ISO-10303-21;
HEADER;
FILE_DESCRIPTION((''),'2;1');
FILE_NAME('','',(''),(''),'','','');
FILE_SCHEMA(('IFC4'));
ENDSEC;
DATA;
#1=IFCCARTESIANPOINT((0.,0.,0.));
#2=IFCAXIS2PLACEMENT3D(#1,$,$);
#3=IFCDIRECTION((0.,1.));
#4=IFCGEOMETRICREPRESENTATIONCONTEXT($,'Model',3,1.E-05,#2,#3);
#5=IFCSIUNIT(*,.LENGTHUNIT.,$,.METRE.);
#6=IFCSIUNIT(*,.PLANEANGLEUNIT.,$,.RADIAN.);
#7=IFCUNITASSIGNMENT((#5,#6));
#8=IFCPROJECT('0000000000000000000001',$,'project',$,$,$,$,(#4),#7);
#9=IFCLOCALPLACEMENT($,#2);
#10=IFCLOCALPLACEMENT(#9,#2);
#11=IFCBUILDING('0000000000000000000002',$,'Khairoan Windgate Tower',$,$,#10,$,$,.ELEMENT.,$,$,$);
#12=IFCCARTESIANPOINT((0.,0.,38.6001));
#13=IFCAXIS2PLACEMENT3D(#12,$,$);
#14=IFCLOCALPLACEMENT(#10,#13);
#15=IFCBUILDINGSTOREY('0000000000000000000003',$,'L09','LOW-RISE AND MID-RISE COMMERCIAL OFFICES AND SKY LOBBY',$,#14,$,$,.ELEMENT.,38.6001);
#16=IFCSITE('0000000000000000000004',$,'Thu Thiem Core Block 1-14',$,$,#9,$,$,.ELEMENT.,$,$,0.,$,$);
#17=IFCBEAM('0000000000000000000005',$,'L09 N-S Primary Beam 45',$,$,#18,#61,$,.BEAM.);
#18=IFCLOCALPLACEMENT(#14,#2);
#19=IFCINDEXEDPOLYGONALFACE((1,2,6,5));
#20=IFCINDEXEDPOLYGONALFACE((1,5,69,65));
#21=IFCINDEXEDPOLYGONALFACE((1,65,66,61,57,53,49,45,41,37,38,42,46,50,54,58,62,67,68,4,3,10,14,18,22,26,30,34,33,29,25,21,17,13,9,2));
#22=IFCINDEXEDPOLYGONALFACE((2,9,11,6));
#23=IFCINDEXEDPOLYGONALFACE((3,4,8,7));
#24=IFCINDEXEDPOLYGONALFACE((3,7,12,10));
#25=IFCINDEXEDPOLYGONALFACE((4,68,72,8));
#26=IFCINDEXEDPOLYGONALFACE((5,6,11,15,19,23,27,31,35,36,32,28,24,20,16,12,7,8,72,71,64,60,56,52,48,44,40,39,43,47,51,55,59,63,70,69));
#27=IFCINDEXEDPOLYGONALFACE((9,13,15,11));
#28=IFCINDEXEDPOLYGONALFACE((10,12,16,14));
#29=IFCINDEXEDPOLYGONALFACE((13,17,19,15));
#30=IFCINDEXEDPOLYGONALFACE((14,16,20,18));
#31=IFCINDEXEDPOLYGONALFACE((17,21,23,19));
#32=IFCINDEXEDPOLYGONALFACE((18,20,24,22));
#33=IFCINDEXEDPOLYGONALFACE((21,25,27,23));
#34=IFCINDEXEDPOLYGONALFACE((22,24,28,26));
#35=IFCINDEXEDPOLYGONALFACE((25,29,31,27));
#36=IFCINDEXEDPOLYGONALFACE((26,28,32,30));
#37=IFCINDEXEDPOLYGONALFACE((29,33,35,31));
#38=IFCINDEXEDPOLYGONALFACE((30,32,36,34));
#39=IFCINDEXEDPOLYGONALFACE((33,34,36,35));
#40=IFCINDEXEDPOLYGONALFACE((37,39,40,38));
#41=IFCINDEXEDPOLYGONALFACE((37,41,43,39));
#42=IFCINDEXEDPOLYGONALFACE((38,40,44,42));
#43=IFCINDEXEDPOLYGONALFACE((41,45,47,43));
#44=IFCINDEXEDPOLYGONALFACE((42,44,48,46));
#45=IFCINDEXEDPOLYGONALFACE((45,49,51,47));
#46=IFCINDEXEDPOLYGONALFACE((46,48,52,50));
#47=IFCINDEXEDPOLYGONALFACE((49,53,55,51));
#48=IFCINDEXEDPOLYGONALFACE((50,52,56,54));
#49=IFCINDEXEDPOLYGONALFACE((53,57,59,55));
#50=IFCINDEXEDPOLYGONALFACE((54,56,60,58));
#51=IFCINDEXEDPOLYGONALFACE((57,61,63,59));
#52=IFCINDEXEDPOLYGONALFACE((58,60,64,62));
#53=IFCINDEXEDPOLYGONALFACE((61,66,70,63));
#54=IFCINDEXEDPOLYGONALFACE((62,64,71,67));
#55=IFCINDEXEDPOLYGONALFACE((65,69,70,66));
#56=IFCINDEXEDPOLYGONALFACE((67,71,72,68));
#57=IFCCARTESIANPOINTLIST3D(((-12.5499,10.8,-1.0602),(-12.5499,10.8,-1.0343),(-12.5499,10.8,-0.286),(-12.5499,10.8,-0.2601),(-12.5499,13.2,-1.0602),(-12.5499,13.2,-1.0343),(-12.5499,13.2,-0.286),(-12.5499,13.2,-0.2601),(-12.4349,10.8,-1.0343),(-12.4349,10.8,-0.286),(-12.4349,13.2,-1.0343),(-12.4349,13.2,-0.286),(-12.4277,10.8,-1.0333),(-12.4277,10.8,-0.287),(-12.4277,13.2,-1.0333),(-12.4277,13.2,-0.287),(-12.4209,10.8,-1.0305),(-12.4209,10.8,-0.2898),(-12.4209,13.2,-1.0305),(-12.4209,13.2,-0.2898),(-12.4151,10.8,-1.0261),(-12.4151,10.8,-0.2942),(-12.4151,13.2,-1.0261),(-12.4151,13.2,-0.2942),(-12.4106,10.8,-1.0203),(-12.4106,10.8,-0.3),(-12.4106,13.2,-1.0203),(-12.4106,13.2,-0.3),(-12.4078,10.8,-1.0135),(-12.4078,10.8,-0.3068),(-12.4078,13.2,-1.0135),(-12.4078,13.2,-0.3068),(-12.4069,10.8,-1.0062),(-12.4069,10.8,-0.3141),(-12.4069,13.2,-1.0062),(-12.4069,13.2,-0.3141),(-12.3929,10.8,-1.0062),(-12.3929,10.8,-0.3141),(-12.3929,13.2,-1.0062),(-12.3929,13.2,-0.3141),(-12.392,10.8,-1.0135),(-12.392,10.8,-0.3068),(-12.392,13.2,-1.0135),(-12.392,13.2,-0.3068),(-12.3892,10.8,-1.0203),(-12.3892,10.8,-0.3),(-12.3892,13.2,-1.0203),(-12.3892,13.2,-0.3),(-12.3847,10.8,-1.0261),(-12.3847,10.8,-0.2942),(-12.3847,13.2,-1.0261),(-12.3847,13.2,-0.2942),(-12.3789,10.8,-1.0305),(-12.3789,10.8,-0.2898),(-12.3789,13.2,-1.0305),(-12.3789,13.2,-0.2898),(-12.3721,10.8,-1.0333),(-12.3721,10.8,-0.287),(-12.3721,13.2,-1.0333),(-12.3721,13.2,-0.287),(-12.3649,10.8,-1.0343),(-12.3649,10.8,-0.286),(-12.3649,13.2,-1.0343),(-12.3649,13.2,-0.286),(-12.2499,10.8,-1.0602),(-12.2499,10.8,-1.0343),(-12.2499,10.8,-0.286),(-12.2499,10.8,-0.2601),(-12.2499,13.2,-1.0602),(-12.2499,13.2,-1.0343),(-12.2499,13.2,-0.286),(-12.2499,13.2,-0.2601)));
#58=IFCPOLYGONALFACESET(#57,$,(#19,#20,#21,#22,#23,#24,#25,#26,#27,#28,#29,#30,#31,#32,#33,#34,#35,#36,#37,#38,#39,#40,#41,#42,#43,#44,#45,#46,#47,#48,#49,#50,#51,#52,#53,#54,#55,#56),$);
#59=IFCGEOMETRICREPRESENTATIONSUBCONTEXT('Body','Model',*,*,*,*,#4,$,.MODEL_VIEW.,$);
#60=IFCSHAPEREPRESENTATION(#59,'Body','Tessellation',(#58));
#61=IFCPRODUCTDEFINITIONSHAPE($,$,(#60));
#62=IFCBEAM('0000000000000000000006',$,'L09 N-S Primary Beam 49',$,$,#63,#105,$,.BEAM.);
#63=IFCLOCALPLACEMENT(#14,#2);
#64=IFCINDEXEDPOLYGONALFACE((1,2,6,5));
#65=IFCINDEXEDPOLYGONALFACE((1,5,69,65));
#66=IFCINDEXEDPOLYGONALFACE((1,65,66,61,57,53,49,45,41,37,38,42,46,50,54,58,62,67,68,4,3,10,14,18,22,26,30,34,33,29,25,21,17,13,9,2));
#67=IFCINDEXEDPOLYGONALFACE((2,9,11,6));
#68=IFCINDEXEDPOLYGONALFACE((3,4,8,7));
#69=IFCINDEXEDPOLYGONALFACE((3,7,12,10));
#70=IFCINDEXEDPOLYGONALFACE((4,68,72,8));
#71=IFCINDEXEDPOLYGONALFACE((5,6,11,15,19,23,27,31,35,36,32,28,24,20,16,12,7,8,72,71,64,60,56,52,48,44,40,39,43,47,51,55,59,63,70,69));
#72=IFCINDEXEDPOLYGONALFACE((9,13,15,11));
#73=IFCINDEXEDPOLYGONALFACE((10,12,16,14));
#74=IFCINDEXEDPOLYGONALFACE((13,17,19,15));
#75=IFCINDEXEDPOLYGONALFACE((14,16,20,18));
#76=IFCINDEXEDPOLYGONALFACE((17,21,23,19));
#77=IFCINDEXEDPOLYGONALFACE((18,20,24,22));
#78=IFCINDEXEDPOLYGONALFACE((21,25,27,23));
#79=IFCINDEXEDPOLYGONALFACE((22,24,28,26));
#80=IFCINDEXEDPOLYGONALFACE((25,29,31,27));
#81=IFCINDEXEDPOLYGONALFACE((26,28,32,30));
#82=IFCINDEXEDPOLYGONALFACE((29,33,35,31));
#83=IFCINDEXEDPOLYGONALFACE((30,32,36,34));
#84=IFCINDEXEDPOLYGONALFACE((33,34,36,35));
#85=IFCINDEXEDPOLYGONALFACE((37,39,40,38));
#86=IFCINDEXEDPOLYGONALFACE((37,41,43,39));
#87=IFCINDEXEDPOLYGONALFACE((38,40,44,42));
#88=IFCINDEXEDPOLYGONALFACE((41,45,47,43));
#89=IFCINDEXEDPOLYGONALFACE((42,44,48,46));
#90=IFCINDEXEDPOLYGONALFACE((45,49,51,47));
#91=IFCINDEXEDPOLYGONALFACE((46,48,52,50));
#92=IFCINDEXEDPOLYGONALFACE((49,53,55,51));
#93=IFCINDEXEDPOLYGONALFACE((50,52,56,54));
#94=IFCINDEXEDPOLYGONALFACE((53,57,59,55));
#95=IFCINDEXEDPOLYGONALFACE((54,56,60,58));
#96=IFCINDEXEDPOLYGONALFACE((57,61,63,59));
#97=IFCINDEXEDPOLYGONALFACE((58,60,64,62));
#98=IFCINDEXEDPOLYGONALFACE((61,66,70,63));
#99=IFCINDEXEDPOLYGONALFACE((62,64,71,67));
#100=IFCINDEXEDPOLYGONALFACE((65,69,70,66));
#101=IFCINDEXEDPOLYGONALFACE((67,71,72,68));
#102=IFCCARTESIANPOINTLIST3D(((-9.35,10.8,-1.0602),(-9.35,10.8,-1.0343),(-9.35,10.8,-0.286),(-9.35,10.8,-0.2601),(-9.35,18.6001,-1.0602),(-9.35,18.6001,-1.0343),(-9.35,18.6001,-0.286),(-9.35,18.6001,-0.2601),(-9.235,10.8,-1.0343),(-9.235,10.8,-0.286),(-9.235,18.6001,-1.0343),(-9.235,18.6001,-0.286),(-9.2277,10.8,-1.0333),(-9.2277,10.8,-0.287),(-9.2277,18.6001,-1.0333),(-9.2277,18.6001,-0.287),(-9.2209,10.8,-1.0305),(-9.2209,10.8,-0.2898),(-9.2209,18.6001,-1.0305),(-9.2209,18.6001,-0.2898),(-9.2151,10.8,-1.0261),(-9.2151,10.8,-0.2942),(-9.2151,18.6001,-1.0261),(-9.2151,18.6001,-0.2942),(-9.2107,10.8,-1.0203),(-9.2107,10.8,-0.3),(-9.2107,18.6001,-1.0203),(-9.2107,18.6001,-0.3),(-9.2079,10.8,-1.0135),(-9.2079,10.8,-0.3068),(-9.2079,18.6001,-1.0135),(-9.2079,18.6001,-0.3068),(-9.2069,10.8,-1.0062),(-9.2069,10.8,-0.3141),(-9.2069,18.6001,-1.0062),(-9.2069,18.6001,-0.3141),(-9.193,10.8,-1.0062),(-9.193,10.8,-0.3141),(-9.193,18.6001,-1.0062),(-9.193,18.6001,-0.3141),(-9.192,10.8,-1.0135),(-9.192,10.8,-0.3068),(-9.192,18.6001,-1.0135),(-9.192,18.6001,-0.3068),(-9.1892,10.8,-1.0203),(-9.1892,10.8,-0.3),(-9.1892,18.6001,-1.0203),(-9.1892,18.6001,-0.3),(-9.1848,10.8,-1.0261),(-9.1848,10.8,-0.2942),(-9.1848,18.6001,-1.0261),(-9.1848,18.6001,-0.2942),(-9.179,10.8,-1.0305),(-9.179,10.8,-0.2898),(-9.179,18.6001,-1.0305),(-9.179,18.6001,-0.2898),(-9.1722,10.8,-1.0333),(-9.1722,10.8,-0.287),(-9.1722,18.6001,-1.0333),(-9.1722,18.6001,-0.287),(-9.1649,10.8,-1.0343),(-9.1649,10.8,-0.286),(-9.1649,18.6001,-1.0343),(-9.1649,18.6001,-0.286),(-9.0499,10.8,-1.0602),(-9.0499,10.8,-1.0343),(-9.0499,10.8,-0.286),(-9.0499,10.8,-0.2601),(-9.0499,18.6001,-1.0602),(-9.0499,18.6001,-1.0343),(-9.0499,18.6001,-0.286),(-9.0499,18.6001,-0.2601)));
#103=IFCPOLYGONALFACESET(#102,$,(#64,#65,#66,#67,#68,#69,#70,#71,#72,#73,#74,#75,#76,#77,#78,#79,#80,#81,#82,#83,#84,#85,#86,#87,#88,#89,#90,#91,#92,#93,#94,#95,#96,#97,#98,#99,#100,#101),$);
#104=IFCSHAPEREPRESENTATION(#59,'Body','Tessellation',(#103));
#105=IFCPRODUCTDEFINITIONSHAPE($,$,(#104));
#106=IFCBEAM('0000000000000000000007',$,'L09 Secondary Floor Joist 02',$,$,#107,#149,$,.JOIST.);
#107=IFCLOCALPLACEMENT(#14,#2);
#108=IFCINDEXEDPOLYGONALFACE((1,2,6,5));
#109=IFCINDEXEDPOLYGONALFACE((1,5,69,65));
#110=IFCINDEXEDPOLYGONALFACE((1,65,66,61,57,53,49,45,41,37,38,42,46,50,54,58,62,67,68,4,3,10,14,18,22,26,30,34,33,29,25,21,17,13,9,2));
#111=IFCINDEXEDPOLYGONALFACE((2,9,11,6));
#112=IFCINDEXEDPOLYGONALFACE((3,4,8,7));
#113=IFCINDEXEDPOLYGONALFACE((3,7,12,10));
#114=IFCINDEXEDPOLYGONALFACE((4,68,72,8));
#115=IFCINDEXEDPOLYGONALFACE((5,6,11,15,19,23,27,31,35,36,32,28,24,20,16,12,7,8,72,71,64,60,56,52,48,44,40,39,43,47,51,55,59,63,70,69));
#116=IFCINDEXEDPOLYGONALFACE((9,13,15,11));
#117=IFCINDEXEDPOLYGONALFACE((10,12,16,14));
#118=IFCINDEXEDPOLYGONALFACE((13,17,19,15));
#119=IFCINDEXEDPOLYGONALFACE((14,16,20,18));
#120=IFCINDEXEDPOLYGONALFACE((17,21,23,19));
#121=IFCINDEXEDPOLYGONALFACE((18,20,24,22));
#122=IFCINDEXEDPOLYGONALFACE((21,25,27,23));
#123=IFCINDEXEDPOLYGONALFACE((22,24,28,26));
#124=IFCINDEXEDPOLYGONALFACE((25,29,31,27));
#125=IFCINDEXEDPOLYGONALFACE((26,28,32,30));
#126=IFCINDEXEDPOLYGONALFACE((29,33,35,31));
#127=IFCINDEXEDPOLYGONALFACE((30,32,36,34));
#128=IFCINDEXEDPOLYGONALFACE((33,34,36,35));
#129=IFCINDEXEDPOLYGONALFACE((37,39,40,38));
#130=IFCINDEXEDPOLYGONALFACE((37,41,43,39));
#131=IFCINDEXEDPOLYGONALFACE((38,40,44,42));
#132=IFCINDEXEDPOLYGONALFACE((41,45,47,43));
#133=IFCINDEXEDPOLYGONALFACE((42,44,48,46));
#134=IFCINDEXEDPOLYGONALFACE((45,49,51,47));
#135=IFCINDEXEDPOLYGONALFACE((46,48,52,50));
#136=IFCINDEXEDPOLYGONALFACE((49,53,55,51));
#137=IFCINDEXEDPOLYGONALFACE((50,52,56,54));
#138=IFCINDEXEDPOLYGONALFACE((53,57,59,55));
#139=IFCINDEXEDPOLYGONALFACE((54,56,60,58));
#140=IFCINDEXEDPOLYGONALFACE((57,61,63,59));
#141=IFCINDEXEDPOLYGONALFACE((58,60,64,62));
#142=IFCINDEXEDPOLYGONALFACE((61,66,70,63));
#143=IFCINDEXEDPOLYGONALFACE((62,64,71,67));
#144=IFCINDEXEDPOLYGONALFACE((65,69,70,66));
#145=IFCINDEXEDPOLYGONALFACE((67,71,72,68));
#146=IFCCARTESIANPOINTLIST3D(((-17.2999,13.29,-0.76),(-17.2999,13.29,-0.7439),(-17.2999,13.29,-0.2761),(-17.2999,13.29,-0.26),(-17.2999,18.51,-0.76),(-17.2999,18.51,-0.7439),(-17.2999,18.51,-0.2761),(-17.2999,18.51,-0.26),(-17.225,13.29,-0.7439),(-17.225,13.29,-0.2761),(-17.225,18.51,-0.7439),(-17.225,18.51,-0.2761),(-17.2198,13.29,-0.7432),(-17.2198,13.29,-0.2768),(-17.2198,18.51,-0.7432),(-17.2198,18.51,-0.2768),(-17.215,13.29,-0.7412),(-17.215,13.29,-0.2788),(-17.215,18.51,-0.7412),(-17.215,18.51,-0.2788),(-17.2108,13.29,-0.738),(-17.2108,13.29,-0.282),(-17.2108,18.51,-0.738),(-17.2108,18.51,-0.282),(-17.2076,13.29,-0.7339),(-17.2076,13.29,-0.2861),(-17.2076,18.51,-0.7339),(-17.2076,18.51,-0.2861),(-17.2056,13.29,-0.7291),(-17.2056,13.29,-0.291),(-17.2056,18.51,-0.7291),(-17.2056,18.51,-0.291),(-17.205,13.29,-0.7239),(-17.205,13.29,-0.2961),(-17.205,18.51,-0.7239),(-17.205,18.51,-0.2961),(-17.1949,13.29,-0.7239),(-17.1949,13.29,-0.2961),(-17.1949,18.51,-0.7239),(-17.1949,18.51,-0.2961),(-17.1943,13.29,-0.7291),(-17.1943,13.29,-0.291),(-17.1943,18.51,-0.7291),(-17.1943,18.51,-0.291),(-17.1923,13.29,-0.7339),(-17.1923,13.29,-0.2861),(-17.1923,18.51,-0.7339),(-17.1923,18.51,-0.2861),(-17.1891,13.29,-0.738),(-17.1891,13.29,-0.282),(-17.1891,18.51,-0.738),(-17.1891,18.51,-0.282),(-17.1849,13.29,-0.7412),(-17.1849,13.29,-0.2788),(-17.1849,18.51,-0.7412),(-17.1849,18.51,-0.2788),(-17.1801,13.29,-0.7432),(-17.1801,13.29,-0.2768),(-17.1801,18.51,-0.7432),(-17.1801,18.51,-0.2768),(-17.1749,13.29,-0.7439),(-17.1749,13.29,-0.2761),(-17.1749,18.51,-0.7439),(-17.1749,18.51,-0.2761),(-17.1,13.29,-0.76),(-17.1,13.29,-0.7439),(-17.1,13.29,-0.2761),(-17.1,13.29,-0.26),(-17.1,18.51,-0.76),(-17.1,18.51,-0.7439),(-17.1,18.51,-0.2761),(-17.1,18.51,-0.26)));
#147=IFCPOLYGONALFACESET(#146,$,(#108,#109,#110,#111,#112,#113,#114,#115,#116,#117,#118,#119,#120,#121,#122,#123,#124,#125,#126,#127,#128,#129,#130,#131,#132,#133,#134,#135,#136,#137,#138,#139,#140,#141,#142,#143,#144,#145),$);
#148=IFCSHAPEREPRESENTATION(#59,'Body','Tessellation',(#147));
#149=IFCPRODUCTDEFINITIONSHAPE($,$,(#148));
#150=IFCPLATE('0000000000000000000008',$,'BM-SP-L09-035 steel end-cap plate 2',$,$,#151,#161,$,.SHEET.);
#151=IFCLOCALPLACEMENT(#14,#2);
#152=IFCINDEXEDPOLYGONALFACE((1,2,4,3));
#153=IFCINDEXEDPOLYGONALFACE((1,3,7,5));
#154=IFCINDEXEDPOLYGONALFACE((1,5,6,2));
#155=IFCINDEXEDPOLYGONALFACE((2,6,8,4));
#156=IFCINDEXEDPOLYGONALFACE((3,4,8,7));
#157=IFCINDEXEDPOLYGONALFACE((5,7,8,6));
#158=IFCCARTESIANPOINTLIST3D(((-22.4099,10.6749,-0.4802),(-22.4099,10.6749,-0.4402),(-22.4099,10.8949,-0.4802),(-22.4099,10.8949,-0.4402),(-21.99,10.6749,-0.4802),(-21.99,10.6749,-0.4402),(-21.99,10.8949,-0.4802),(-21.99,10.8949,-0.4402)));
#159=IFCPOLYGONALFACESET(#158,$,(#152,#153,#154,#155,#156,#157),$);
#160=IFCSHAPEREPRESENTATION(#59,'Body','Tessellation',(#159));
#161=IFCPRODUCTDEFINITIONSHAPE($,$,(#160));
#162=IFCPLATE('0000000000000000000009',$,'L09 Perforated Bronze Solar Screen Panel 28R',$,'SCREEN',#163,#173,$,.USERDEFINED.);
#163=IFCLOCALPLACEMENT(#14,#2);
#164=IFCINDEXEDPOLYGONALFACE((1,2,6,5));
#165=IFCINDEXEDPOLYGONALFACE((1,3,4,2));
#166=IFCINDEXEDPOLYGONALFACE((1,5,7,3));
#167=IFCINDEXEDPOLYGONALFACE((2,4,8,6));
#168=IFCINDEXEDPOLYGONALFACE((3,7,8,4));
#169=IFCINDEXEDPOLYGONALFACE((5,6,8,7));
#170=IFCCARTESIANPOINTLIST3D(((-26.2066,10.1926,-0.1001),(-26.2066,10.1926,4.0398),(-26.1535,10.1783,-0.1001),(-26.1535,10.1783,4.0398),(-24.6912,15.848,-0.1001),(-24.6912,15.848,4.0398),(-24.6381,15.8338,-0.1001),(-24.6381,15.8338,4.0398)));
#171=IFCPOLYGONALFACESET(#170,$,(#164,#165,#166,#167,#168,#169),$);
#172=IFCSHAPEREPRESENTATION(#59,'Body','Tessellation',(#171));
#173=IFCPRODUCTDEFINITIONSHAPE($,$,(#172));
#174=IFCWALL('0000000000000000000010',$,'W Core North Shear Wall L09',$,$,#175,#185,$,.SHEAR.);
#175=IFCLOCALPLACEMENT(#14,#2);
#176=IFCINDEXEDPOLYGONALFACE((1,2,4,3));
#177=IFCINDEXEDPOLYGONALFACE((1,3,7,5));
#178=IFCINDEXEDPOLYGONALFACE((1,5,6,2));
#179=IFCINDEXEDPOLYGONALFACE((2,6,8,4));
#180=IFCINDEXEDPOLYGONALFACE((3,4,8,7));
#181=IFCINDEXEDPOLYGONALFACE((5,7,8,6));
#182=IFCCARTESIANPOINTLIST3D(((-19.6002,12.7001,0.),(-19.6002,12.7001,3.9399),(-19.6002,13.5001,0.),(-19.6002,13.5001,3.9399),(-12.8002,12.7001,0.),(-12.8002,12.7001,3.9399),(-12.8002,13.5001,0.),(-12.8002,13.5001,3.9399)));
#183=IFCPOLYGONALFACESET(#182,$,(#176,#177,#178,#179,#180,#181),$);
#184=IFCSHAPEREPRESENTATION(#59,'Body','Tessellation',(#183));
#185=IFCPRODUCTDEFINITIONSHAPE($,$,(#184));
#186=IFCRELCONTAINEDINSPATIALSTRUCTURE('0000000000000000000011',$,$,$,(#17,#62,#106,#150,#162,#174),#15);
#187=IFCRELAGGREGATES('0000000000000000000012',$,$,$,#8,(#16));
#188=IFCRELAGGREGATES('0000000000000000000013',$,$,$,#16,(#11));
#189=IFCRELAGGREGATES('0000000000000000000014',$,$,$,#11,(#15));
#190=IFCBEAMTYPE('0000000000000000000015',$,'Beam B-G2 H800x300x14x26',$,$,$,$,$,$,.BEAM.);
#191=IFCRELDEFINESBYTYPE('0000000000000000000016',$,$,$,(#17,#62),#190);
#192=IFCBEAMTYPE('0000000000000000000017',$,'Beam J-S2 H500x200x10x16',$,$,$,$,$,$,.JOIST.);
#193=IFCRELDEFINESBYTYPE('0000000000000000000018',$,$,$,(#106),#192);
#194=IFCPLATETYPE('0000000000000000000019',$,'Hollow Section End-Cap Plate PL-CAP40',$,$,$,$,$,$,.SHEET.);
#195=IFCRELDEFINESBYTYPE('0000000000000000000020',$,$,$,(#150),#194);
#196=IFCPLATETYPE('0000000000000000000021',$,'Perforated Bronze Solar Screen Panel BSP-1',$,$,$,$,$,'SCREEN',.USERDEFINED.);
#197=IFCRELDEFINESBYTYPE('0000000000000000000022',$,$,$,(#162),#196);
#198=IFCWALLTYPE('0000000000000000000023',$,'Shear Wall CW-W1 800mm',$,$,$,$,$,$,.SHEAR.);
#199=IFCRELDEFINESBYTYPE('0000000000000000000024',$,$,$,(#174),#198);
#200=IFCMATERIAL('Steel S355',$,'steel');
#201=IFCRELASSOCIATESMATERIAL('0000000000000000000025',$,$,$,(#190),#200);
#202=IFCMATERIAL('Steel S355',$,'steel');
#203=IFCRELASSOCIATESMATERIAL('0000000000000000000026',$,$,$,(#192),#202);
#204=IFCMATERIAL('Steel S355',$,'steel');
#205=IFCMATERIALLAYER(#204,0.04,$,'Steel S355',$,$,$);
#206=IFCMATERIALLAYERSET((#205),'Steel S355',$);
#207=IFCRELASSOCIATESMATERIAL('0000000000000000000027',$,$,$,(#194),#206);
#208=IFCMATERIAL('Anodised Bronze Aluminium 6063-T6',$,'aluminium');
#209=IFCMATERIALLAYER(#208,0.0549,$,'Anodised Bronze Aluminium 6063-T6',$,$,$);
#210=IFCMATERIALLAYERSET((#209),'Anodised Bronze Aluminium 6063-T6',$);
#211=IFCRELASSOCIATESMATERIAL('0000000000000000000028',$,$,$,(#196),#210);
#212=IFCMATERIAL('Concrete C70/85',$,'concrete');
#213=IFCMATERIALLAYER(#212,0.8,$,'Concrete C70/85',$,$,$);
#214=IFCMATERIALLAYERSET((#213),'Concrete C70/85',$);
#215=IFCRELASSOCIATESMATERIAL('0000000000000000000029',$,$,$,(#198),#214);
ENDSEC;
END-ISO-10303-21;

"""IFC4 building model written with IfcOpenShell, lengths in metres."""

from ifc_helpers import new_model, si_unit, direction, frame, frame_2d, origin, origin_2d, place, context, subcontext, project, spatial, rectangle, i_section, extrude, material, layer, layer_set, material_profile, profile_set, type_object, element, save


model = new_model("IFC4")

# Units and contexts
model_context = context("Model", 3, precision=1e-05, world=origin(), true_north=direction((0.0, 1.0)))
body_context = subcontext(model_context, "Body", "Model", "MODEL_VIEW")
ifc_project = project(units=[si_unit("LENGTHUNIT", "METRE"), si_unit("PLANEANGLEUNIT", "RADIAN")], contexts=[model_context])

# Site, building, storey
site_placement = place(None, origin())
site = spatial("IfcSite", under=ifc_project, at=site_placement, Name="Thu Thiem Core Block 1-14", CompositionType="ELEMENT", RefElevation=0.0)
building_placement = place(site_placement, origin())
building = spatial("IfcBuilding", under=site, at=building_placement, Name="Khairoan Windgate Tower", CompositionType="ELEMENT")
storey_placement = place(building_placement, frame((0.0, 0.0, 38.6001)))
storey = spatial("IfcBuildingStorey", under=building, at=storey_placement, Name="L09", Description="LOW-RISE AND MID-RISE COMMERCIAL OFFICES AND SKY LOBBY", CompositionType="ELEMENT", Elevation=38.6001)

# Beams
ifc_material_1 = material(Name="Steel S355", Category="steel")
ifc_material_profile_1 = material_profile(ifc_material_1, i_section(OverallWidth=0.3, OverallDepth=0.8, WebThickness=0.0139, FlangeThickness=0.0259, FilletRadius=0.0281, at=origin_2d()))
ifc_profile_set_1 = profile_set([ifc_material_profile_1], Name="Steel S355")
beam_type_1 = type_object("IfcBeamType", Name="Beam B-G2 H800x300x14x26", PredefinedType="BEAM", material=ifc_profile_set_1)
beam_1_placement = place(storey_placement, frame((-12.3999, 10.8, -0.6602), z_axis=(0.0, 1.0, 0.0), x_axis=(-1.0, 0.0, 0.0)))
element("IfcBeam", 1, at=beam_1_placement, inside=storey, type_object=beam_type_1, Name="L09 N-S Primary Beam 45", PredefinedType="BEAM", context=body_context, shape_type="SweptSolid", body=[
    extrude(i_section(OverallWidth=0.3, OverallDepth=0.8, WebThickness=0.0139, FlangeThickness=0.0259, FilletRadius=0.0281, at=origin_2d()), origin(), (0.0, 0.0, 1.0), 2.3999),
])
beam_2_placement = place(storey_placement, frame((-9.2, 10.8, -0.6602), z_axis=(0.0, 1.0, 0.0), x_axis=(-1.0, 0.0, 0.0)))
element("IfcBeam", 2, at=beam_2_placement, inside=storey, type_object=beam_type_1, Name="L09 N-S Primary Beam 49", PredefinedType="BEAM", context=body_context, shape_type="SweptSolid", body=[
    extrude(i_section(OverallWidth=0.3, OverallDepth=0.8, WebThickness=0.0139, FlangeThickness=0.0259, FilletRadius=0.0281, at=origin_2d()), origin(), (0.0, 0.0, 1.0), 7.8),
])
ifc_material_2 = material(Name="Steel S355", Category="steel")
ifc_material_profile_2 = material_profile(ifc_material_2, i_section(OverallWidth=0.2, OverallDepth=0.5, WebThickness=0.01, FlangeThickness=0.0161, FilletRadius=0.02, at=origin_2d()))
ifc_profile_set_2 = profile_set([ifc_material_profile_2], Name="Steel S355")
beam_type_2 = type_object("IfcBeamType", Name="Beam J-S2 H500x200x10x16", PredefinedType="JOIST", material=ifc_profile_set_2)
beam_3_placement = place(storey_placement, frame((-17.2, 13.29, -0.51), z_axis=(0.0, 1.0, 0.0), x_axis=(-1.0, 0.0, 0.0)))
element("IfcBeam", 3, at=beam_3_placement, inside=storey, type_object=beam_type_2, Name="L09 Secondary Floor Joist 02", PredefinedType="JOIST", context=body_context, shape_type="SweptSolid", body=[
    extrude(i_section(OverallWidth=0.2, OverallDepth=0.5, WebThickness=0.01, FlangeThickness=0.0161, FilletRadius=0.02, at=origin_2d()), origin(), (0.0, 0.0, 1.0), 5.22),
])

# Plates
ifc_material_3 = material(Name="Steel S355", Category="steel")
ifc_layer_1 = layer(ifc_material_3, 0.04, Name="Steel S355")
ifc_layer_set_1 = layer_set([ifc_layer_1], Name="Steel S355")
plate_type_1 = type_object("IfcPlateType", Name="Hollow Section End-Cap Plate PL-CAP40", PredefinedType="SHEET", material=ifc_layer_set_1)
plate_1_placement = place(storey_placement, frame((-22.2, 10.7849, -0.4802), z_axis=(0.0, 0.0, 1.0), x_axis=(0.0, 1.0, 0.0)))
element("IfcPlate", 4, at=plate_1_placement, inside=storey, type_object=plate_type_1, Name="BM-SP-L09-035 steel end-cap plate 2", PredefinedType="SHEET", context=body_context, shape_type="SweptSolid", body=[
    extrude(rectangle(XDim=0.22, YDim=0.4199, at=origin_2d()), origin(), (0.0, 0.0, 1.0), 0.04),
])
ifc_material_4 = material(Name="Anodised Bronze Aluminium 6063-T6", Category="aluminium")
ifc_layer_2 = layer(ifc_material_4, 0.0549, Name="Anodised Bronze Aluminium 6063-T6")
ifc_layer_set_2 = layer_set([ifc_layer_2], Name="Anodised Bronze Aluminium 6063-T6")
plate_type_2 = type_object("IfcPlateType", Name="Perforated Bronze Solar Screen Panel BSP-1", ElementType="SCREEN", PredefinedType="USERDEFINED", material=ifc_layer_set_2)
plate_2_placement = place(storey_placement, frame((-25.4224, 13.0132, -0.1001), z_axis=(0.0, 0.0, 1.0), x_axis=(0.258819, 0.965926, 0.0)))
element("IfcPlate", 5, at=plate_2_placement, inside=storey, type_object=plate_type_2, Name="L09 Perforated Bronze Solar Screen Panel 28R", ObjectType="SCREEN", PredefinedType="USERDEFINED", context=body_context, shape_type="SweptSolid", body=[
    extrude(rectangle(XDim=5.855, YDim=0.0549, at=origin_2d()), origin(), (0.0, 0.0, 1.0), 4.1399),
])

# Wall
ifc_material_5 = material(Name="Concrete C70/85", Category="concrete")
ifc_layer_3 = layer(ifc_material_5, 0.8, Name="Concrete C70/85")
ifc_layer_set_3 = layer_set([ifc_layer_3], Name="Concrete C70/85")
wall_type_1 = type_object("IfcWallType", Name="Shear Wall CW-W1 800mm", PredefinedType="SHEAR", material=ifc_layer_set_3)
wall_1_placement = place(storey_placement, frame((-19.6001, 13.1001, 0.0), z_axis=(0.0, 0.0, 1.0), x_axis=(1.0, 0.0, 0.0)))
element("IfcWall", 6, at=wall_1_placement, inside=storey, type_object=wall_type_1, Name="W Core North Shear Wall L09", PredefinedType="SHEAR", context=body_context, shape_type="SweptSolid", body=[
    extrude(rectangle(XDim=6.8, YDim=0.8, at=frame_2d((3.3999, 0.0))), origin(), (0.0, 0.0, 1.0), 3.9399),
])

save(model, "model.ifc")
